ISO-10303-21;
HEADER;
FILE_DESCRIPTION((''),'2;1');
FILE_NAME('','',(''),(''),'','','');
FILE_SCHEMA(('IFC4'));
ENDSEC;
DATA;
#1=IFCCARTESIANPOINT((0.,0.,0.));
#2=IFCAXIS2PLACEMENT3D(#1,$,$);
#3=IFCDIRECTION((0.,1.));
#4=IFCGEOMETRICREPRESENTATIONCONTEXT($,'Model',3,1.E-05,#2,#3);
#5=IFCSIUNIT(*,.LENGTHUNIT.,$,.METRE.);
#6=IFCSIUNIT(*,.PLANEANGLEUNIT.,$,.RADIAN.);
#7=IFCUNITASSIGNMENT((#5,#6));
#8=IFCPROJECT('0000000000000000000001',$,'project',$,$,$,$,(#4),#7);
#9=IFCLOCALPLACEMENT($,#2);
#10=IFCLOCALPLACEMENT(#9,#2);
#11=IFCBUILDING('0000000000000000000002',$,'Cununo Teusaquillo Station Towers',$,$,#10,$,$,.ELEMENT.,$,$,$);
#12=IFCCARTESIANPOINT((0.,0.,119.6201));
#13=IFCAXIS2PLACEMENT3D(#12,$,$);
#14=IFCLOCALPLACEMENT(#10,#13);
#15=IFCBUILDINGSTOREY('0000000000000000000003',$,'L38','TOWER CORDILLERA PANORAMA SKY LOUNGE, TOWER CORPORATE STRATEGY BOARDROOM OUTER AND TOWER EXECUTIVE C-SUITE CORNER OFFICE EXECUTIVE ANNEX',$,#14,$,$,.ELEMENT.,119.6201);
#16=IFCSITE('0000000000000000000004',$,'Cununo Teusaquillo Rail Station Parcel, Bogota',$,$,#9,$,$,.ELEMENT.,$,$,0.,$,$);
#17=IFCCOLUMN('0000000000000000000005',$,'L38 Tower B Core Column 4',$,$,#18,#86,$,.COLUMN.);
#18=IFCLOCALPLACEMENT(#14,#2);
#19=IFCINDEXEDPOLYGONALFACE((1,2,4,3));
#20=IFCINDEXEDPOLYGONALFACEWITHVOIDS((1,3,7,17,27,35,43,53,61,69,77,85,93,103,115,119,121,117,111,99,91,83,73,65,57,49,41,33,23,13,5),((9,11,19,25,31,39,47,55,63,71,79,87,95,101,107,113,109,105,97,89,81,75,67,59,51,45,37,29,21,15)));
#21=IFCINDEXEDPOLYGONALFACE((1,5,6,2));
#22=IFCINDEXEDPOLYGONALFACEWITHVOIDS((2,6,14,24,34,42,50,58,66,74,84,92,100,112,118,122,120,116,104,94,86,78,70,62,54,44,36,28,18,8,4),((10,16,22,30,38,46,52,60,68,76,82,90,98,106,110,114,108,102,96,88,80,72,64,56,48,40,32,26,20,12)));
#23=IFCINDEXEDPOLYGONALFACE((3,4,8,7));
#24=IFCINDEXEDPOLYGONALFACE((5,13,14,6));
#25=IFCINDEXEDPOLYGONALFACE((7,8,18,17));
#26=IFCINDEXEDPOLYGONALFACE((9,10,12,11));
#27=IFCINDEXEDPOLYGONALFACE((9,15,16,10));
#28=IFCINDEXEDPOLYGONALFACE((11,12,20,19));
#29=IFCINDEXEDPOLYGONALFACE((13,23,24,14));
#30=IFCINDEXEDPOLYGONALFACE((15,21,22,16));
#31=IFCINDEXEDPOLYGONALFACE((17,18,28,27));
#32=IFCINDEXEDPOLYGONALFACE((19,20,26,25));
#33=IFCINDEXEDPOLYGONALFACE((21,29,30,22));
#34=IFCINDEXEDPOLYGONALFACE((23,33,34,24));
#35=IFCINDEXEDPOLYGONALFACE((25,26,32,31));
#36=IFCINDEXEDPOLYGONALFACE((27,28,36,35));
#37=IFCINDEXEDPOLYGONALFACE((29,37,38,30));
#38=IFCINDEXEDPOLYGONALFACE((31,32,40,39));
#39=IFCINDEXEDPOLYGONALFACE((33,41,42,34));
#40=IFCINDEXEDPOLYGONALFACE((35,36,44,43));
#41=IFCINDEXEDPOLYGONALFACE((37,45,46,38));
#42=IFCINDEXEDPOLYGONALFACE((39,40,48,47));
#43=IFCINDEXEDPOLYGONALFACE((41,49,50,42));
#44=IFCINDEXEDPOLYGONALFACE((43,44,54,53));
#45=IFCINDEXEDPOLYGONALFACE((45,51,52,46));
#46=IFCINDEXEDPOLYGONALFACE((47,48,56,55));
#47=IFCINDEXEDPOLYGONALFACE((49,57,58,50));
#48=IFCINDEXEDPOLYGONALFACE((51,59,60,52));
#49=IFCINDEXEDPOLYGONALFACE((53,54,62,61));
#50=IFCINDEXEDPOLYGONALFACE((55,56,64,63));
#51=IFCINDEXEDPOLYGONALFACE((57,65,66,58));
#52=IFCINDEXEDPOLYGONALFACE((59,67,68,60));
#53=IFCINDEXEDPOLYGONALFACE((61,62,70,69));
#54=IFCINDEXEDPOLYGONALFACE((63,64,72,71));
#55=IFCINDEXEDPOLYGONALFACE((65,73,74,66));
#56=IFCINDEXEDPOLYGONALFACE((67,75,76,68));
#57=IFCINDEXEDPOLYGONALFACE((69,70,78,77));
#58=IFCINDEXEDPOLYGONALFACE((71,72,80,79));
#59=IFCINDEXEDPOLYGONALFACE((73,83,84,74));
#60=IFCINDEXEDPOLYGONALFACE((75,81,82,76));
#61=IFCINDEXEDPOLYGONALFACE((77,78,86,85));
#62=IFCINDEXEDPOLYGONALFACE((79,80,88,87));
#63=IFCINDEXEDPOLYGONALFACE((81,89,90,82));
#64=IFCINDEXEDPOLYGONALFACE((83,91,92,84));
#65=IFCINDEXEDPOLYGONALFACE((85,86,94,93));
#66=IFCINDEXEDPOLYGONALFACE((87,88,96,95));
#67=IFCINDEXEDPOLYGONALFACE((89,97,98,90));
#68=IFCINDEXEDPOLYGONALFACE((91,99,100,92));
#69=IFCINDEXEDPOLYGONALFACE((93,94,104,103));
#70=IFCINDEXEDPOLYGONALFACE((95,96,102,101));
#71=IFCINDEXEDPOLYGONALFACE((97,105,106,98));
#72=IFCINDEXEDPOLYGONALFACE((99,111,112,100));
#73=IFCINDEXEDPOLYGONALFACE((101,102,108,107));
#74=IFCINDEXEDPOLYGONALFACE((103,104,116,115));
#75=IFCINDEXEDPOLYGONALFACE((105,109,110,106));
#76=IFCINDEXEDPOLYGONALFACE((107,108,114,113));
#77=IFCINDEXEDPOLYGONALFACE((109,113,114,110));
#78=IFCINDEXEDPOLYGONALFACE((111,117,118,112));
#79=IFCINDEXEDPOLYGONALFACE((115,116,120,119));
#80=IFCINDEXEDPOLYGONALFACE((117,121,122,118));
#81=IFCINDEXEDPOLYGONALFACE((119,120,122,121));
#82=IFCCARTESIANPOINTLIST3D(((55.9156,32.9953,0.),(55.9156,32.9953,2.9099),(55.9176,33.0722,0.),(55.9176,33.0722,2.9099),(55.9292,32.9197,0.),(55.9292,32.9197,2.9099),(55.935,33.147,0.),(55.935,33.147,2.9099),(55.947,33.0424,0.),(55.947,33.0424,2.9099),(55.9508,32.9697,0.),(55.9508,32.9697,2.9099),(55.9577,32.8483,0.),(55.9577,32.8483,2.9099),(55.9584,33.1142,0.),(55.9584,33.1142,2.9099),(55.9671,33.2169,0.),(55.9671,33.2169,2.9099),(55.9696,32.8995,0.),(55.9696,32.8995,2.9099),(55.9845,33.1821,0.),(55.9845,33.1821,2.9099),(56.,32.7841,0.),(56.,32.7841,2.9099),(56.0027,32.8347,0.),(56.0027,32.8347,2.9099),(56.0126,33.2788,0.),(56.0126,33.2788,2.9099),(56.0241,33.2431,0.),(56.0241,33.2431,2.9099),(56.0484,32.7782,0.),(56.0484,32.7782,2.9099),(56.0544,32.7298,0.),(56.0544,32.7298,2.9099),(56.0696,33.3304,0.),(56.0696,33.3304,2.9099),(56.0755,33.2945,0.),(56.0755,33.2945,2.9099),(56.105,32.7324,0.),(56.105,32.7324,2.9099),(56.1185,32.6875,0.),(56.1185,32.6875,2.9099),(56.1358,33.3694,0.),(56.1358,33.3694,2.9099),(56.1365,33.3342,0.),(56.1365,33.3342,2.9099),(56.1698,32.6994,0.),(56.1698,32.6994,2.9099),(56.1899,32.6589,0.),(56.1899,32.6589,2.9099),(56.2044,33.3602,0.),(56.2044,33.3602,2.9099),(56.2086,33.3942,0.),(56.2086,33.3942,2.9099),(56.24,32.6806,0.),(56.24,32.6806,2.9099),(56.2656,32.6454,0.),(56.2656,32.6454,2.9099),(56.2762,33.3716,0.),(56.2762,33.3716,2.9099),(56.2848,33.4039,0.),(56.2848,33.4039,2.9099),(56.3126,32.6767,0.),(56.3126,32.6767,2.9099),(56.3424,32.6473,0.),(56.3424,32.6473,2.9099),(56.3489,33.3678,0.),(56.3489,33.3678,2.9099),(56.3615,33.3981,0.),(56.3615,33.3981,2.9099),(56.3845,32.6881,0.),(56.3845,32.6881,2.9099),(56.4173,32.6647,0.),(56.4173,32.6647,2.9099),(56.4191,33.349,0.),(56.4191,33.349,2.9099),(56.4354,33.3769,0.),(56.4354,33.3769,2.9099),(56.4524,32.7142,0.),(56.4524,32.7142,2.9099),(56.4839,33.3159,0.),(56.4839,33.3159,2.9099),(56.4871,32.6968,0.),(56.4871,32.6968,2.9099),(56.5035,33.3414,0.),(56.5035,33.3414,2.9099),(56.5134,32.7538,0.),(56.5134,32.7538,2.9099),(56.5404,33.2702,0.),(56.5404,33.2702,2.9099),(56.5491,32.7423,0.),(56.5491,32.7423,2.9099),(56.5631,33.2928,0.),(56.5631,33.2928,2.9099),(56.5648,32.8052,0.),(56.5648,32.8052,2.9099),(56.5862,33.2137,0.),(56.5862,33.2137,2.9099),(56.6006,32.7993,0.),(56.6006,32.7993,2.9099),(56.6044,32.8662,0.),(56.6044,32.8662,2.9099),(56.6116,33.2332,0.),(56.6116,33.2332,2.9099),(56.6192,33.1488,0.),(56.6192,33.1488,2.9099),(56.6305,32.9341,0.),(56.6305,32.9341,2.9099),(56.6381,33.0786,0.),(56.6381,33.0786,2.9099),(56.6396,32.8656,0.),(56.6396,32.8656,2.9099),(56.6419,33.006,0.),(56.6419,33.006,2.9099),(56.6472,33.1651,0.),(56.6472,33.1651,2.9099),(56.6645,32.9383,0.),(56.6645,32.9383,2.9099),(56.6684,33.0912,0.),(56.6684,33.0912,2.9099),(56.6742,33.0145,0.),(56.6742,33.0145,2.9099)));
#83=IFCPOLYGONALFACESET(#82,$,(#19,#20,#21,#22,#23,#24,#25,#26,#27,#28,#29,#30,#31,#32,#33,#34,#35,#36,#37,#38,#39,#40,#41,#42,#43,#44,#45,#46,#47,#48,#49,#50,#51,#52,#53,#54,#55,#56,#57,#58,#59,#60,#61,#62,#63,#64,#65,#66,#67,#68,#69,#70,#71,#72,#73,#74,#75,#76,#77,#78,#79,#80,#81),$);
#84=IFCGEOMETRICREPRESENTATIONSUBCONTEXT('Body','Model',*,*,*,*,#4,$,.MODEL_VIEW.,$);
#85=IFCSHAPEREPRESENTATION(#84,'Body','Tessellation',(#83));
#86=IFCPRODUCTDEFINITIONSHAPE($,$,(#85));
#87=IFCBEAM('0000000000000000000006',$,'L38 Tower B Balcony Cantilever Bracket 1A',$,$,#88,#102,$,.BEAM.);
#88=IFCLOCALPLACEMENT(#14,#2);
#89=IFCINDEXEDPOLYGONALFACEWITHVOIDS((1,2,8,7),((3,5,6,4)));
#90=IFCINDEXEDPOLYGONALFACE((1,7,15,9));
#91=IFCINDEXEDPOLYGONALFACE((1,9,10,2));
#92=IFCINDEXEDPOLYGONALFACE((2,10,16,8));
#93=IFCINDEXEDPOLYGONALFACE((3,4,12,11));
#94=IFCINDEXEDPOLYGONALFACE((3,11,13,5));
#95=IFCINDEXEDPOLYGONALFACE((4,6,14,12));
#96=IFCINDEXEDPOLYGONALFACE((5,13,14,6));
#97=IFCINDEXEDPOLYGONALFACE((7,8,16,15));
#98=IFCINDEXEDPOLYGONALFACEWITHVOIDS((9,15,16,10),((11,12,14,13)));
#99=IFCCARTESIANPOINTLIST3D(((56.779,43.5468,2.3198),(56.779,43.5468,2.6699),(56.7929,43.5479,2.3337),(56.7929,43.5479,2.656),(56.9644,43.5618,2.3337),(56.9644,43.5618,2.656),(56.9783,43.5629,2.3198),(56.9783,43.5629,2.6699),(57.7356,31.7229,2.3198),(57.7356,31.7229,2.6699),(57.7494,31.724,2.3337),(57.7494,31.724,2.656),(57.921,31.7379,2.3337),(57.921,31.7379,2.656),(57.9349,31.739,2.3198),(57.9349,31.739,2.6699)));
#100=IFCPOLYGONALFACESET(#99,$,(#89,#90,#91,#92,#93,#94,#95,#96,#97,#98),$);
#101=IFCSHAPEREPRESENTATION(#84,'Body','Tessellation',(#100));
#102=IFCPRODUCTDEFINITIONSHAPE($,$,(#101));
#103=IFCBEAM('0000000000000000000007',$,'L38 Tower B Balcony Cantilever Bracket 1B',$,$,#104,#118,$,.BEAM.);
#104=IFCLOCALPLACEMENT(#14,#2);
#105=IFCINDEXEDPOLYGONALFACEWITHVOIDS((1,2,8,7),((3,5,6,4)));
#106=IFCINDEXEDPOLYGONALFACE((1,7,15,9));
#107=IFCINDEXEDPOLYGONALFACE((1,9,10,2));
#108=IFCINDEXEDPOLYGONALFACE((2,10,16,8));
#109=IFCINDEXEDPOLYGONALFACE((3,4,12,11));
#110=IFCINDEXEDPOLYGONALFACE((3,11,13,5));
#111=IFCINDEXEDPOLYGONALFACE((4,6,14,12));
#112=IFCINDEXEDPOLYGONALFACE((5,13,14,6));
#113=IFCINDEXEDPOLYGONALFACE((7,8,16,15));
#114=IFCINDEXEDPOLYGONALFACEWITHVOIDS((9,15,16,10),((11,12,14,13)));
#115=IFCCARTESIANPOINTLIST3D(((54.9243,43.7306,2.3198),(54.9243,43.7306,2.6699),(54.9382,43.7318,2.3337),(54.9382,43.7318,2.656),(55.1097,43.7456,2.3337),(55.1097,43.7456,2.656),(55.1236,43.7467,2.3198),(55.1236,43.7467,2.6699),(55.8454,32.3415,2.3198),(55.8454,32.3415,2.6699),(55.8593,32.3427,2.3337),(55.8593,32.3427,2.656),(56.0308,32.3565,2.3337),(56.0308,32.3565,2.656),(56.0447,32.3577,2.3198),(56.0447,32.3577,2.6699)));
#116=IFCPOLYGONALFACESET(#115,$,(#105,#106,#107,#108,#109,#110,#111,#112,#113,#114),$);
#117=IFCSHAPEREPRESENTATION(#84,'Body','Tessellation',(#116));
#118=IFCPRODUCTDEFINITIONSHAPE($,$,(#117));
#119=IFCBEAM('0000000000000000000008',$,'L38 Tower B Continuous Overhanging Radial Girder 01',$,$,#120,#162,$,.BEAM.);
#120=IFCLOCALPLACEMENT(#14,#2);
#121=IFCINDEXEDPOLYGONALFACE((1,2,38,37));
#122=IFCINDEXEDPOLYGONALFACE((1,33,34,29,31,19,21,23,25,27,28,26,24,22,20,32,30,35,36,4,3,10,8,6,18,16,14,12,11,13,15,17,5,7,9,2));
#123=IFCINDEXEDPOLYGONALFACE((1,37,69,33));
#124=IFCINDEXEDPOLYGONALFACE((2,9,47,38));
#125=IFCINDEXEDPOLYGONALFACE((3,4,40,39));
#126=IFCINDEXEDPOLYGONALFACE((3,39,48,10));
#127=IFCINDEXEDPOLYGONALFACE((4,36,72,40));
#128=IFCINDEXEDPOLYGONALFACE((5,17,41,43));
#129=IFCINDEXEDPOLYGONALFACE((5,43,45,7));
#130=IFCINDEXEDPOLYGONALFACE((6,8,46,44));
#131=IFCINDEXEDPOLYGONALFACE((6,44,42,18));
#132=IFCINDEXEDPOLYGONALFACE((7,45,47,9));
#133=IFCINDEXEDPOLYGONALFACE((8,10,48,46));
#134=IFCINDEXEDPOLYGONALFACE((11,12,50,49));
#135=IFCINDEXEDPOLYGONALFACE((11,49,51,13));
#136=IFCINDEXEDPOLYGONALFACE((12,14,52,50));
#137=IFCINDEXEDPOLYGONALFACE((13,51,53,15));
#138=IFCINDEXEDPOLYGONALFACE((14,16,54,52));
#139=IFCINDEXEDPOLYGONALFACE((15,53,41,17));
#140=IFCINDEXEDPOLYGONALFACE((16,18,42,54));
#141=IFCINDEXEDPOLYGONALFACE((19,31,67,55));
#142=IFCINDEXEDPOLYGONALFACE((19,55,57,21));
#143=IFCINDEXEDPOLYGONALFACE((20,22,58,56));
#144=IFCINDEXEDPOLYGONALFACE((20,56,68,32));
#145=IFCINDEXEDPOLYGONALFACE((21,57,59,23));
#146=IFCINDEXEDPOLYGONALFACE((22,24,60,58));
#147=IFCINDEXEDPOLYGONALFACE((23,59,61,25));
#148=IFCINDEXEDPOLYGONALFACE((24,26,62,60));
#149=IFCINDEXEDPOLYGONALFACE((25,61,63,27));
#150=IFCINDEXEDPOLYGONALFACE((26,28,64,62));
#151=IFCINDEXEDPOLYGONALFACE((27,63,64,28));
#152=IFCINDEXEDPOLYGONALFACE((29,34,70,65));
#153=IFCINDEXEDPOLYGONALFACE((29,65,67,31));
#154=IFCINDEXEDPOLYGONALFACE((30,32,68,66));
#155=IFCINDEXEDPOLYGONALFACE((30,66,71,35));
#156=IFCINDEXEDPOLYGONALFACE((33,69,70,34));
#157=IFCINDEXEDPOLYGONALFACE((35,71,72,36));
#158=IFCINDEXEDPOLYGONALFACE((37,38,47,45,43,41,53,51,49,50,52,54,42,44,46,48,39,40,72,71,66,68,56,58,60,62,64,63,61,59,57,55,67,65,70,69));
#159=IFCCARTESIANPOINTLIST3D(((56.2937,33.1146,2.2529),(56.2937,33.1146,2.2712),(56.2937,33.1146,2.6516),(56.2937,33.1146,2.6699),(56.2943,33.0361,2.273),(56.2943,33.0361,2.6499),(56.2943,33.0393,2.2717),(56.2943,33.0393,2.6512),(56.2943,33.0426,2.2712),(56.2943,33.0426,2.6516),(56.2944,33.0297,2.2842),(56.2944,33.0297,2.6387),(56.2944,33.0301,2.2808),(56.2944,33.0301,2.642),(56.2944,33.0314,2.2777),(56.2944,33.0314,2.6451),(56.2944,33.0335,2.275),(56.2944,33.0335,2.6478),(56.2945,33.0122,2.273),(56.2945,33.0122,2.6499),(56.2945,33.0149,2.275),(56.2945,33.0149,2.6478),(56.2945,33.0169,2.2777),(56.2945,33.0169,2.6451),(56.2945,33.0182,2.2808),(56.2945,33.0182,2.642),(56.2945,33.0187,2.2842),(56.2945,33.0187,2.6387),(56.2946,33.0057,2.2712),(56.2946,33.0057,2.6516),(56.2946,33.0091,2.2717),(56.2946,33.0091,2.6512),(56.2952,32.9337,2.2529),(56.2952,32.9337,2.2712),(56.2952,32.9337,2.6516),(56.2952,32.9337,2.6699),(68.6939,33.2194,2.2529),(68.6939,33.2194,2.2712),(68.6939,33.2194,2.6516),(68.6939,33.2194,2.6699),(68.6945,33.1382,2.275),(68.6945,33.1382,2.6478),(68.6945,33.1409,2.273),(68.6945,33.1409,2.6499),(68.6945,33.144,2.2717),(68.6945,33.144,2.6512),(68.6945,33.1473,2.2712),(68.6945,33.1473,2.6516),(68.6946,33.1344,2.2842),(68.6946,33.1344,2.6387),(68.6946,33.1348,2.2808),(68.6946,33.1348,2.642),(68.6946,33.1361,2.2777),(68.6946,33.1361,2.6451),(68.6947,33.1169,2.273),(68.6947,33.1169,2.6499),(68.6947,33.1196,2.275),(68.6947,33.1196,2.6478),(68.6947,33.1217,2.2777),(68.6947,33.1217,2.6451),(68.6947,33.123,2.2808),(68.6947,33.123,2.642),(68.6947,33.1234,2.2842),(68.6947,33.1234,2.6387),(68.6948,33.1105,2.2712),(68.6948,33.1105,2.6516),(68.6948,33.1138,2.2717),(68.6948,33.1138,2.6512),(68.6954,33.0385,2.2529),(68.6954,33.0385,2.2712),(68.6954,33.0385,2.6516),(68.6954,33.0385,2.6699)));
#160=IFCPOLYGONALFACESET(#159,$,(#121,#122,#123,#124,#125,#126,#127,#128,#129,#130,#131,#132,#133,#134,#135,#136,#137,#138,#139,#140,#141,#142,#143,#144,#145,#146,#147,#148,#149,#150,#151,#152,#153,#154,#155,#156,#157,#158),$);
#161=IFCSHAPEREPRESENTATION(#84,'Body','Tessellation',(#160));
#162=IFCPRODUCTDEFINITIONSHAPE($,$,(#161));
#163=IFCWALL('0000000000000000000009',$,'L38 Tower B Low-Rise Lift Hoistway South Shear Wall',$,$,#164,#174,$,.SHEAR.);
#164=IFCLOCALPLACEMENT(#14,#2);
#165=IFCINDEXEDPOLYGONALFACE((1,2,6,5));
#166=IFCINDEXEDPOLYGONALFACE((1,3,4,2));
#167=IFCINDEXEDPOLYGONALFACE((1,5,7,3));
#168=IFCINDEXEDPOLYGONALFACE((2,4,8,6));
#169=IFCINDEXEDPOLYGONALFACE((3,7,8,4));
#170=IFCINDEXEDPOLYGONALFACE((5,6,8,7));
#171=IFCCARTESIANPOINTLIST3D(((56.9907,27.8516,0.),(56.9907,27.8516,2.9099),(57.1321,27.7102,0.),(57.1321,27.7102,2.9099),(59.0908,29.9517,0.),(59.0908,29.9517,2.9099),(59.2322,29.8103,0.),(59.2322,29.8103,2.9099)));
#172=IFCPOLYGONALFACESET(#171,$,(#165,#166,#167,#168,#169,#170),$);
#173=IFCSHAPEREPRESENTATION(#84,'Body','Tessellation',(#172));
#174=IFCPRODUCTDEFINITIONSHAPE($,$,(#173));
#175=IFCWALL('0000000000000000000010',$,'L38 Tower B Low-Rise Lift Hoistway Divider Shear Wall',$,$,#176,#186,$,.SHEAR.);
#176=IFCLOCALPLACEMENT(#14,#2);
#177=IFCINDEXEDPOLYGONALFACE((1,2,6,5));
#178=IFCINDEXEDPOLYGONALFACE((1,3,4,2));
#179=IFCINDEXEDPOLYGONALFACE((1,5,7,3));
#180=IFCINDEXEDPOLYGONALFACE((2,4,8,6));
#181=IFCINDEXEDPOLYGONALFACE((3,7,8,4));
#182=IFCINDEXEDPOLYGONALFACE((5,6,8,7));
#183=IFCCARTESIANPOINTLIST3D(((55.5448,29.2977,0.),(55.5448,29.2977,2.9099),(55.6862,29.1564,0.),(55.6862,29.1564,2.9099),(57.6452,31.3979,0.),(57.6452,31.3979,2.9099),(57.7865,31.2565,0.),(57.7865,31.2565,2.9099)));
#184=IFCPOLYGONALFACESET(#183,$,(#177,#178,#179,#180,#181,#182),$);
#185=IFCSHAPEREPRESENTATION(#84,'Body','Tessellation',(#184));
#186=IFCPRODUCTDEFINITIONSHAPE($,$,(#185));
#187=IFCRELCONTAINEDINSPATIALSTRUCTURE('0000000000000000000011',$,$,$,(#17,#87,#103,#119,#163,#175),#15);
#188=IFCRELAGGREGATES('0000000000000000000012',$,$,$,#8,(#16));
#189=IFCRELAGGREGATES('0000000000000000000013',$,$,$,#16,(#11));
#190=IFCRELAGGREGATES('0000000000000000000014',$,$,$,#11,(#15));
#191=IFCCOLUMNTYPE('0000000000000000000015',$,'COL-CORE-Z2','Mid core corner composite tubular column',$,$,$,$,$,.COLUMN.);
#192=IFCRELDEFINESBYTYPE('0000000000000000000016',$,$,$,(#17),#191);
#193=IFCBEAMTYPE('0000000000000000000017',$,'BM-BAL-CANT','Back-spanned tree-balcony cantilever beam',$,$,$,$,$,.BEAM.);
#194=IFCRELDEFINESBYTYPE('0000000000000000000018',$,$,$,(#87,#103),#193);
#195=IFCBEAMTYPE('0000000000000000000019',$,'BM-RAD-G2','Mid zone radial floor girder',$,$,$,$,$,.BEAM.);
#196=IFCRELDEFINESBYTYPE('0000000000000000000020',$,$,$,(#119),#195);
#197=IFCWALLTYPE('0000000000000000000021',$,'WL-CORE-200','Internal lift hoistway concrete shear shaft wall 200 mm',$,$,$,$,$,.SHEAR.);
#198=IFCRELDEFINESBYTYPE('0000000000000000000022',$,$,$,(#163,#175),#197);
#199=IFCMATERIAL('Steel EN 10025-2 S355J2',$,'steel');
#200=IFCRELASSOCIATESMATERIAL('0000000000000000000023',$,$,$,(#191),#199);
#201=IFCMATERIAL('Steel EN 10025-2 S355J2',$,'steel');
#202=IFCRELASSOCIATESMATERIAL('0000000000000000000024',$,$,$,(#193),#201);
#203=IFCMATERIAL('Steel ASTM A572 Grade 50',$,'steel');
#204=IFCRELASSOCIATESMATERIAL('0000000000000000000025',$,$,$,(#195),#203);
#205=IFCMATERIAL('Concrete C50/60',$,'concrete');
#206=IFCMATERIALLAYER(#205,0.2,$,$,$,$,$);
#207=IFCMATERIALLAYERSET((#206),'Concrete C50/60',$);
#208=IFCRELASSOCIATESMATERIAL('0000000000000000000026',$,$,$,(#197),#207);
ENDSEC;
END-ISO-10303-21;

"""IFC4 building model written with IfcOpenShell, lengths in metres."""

from ifc_helpers import new_model, si_unit, direction, frame, frame_2d, origin, origin_2d, place, context, subcontext, project, spatial, rectangle, hollow_rectangle, hollow_circle, i_section, extrude, material, layer, layer_set, material_profile, profile_set, type_object, element, save


model = new_model("IFC4")

# Units and contexts
model_context = context("Model", 3, precision=1e-05, world=origin(), true_north=direction((0.0, 1.0)))
body_context = subcontext(model_context, "Body", "Model", "MODEL_VIEW")
ifc_project = project(units=[si_unit("LENGTHUNIT", "METRE"), si_unit("PLANEANGLEUNIT", "RADIAN")], contexts=[model_context])

# Site, building, storey
site_placement = place(None, origin())
site = spatial("IfcSite", under=ifc_project, at=site_placement, Name="Cununo Teusaquillo Rail Station Parcel, Bogota", CompositionType="ELEMENT", RefElevation=0.0)
building_placement = place(site_placement, origin())
building = spatial("IfcBuilding", under=site, at=building_placement, Name="Cununo Teusaquillo Station Towers", CompositionType="ELEMENT")
storey_placement = place(building_placement, frame((0.0, 0.0, 119.6201)))
storey = spatial("IfcBuildingStorey", under=building, at=storey_placement, Name="L38", Description="TOWER CORDILLERA PANORAMA SKY LOUNGE, TOWER CORPORATE STRATEGY BOARDROOM OUTER AND TOWER EXECUTIVE C-SUITE CORNER OFFICE EXECUTIVE ANNEX", CompositionType="ELEMENT", Elevation=119.6201)

# Column
ifc_material_1 = material(Name="Steel EN 10025-2 S355J2", Category="steel")
ifc_material_profile_1 = material_profile(ifc_material_1, hollow_circle(Radius=0.3799, WallThickness=0.032, at=origin_2d()), Name="CHS 760x32")
ifc_profile_set_1 = profile_set([ifc_material_profile_1], Name="Steel EN 10025-2 S355J2")
column_type = type_object("IfcColumnType", Name="COL-CORE-Z2", Description="Mid core corner composite tubular column", PredefinedType="COLUMN", material=ifc_profile_set_1)
column_placement = place(storey_placement, frame((56.2944, 33.0242, 0.0), z_axis=(0.0, 0.0, 1.0), x_axis=(0.707107, 0.707107, 0.0)))
element("IfcColumn", 1, at=column_placement, inside=storey, type_object=column_type, Name="L38 Tower B Core Column 4", PredefinedType="COLUMN", context=body_context, shape_type="SweptSolid", body=[
    extrude(hollow_circle(Radius=0.3799, WallThickness=0.032, at=origin_2d()), origin(), (0.0, 0.0, 1.0), 2.9099),
])

# Beams
ifc_material_2 = material(Name="Steel EN 10025-2 S355J2", Category="steel")
ifc_material_profile_2 = material_profile(ifc_material_2, hollow_rectangle(XDim=0.2, YDim=0.3501, WallThickness=0.0139, at=origin_2d()), Name="RHS 350x200x14")
ifc_profile_set_2 = profile_set([ifc_material_profile_2], Name="Steel EN 10025-2 S355J2")
beam_type_1 = type_object("IfcBeamType", Name="BM-BAL-CANT", Description="Back-spanned tree-balcony cantilever beam", PredefinedType="BEAM", material=ifc_profile_set_2)
beam_1_placement = place(storey_placement, frame((57.8352, 31.731, 2.4949), z_axis=(-0.080635, 0.996744, 0.0), x_axis=(-0.996744, -0.080635, 0.0)))
element("IfcBeam", 2, at=beam_1_placement, inside=storey, type_object=beam_type_1, Name="L38 Tower B Balcony Cantilever Bracket 1A", PredefinedType="BEAM", context=body_context, shape_type="SweptSolid", body=[
    extrude(hollow_rectangle(XDim=0.2, YDim=0.3501, WallThickness=0.0139, at=origin_2d()), origin(), (0.0, 0.0, 1.0), 11.8625),
])
beam_2_placement = place(storey_placement, frame((55.9451, 32.3496, 2.4949), z_axis=(-0.080616, 0.996745, 0.0), x_axis=(-0.996745, -0.080616, 0.0)))
element("IfcBeam", 3, at=beam_2_placement, inside=storey, type_object=beam_type_1, Name="L38 Tower B Balcony Cantilever Bracket 1B", PredefinedType="BEAM", context=body_context, shape_type="SweptSolid", body=[
    extrude(hollow_rectangle(XDim=0.2, YDim=0.3501, WallThickness=0.0139, at=origin_2d()), origin(), (0.0, 0.0, 1.0), 11.4263),
])
ifc_material_3 = material(Name="Steel ASTM A572 Grade 50", Category="steel")
ifc_material_profile_3 = material_profile(ifc_material_3, i_section(OverallWidth=0.1809, OverallDepth=0.417, WebThickness=0.011, FlangeThickness=0.0183, FilletRadius=0.0129, at=origin_2d()), Name="W16X57")
ifc_profile_set_3 = profile_set([ifc_material_profile_3], Name="Steel ASTM A572 Grade 50")
beam_type_2 = type_object("IfcBeamType", Name="BM-RAD-G2", Description="Mid zone radial floor girder", PredefinedType="BEAM", material=ifc_profile_set_3)
beam_3_placement = place(storey_placement, frame((56.2944, 33.0242, 2.4614), z_axis=(0.999964, 0.008446, 0.0), x_axis=(-0.008446, 0.999964, 0.0)))
element("IfcBeam", 4, at=beam_3_placement, inside=storey, type_object=beam_type_2, Name="L38 Tower B Continuous Overhanging Radial Girder 01", PredefinedType="BEAM", context=body_context, shape_type="SweptSolid", body=[
    extrude(i_section(OverallWidth=0.1809, OverallDepth=0.417, WebThickness=0.011, FlangeThickness=0.0183, FilletRadius=0.0129, at=origin_2d()), origin(), (0.0, 0.0, 1.0), 12.4006),
])

# Walls
ifc_material_4 = material(Name="Concrete C50/60", Category="concrete")
ifc_layer_1 = layer(ifc_material_4, 0.2)
ifc_layer_set_1 = layer_set([ifc_layer_1], Name="Concrete C50/60")
wall_type_1 = type_object("IfcWallType", Name="WL-CORE-200", Description="Internal lift hoistway concrete shear shaft wall 200 mm", PredefinedType="SHEAR", material=ifc_layer_set_1)
wall_1_placement = place(storey_placement, frame((57.0615, 27.781, 0.0), z_axis=(0.0, 0.0, 1.0), x_axis=(0.707107, 0.707107, 0.0)))
element("IfcWall", 5, at=wall_1_placement, inside=storey, type_object=wall_type_1, Name="L38 Tower B Low-Rise Lift Hoistway South Shear Wall", PredefinedType="SHEAR", context=body_context, shape_type="SweptSolid", body=[
    extrude(rectangle(XDim=2.97, YDim=0.2, at=frame_2d((1.4849, 0.0))), origin(), (0.0, 0.0, 1.0), 2.9099),
])
wall_2_placement = place(storey_placement, frame((55.6155, 29.2271, 0.0), z_axis=(0.0, 0.0, 1.0), x_axis=(0.707148, 0.707066, 0.0)))
element("IfcWall", 6, at=wall_2_placement, inside=storey, type_object=wall_type_1, Name="L38 Tower B Low-Rise Lift Hoistway Divider Shear Wall", PredefinedType="SHEAR", context=body_context, shape_type="SweptSolid", body=[
    extrude(rectangle(XDim=2.9702, YDim=0.2, at=frame_2d((1.4851, 0.0))), origin(), (0.0, 0.0, 1.0), 2.9099),
])

save(model, "model.ifc")
